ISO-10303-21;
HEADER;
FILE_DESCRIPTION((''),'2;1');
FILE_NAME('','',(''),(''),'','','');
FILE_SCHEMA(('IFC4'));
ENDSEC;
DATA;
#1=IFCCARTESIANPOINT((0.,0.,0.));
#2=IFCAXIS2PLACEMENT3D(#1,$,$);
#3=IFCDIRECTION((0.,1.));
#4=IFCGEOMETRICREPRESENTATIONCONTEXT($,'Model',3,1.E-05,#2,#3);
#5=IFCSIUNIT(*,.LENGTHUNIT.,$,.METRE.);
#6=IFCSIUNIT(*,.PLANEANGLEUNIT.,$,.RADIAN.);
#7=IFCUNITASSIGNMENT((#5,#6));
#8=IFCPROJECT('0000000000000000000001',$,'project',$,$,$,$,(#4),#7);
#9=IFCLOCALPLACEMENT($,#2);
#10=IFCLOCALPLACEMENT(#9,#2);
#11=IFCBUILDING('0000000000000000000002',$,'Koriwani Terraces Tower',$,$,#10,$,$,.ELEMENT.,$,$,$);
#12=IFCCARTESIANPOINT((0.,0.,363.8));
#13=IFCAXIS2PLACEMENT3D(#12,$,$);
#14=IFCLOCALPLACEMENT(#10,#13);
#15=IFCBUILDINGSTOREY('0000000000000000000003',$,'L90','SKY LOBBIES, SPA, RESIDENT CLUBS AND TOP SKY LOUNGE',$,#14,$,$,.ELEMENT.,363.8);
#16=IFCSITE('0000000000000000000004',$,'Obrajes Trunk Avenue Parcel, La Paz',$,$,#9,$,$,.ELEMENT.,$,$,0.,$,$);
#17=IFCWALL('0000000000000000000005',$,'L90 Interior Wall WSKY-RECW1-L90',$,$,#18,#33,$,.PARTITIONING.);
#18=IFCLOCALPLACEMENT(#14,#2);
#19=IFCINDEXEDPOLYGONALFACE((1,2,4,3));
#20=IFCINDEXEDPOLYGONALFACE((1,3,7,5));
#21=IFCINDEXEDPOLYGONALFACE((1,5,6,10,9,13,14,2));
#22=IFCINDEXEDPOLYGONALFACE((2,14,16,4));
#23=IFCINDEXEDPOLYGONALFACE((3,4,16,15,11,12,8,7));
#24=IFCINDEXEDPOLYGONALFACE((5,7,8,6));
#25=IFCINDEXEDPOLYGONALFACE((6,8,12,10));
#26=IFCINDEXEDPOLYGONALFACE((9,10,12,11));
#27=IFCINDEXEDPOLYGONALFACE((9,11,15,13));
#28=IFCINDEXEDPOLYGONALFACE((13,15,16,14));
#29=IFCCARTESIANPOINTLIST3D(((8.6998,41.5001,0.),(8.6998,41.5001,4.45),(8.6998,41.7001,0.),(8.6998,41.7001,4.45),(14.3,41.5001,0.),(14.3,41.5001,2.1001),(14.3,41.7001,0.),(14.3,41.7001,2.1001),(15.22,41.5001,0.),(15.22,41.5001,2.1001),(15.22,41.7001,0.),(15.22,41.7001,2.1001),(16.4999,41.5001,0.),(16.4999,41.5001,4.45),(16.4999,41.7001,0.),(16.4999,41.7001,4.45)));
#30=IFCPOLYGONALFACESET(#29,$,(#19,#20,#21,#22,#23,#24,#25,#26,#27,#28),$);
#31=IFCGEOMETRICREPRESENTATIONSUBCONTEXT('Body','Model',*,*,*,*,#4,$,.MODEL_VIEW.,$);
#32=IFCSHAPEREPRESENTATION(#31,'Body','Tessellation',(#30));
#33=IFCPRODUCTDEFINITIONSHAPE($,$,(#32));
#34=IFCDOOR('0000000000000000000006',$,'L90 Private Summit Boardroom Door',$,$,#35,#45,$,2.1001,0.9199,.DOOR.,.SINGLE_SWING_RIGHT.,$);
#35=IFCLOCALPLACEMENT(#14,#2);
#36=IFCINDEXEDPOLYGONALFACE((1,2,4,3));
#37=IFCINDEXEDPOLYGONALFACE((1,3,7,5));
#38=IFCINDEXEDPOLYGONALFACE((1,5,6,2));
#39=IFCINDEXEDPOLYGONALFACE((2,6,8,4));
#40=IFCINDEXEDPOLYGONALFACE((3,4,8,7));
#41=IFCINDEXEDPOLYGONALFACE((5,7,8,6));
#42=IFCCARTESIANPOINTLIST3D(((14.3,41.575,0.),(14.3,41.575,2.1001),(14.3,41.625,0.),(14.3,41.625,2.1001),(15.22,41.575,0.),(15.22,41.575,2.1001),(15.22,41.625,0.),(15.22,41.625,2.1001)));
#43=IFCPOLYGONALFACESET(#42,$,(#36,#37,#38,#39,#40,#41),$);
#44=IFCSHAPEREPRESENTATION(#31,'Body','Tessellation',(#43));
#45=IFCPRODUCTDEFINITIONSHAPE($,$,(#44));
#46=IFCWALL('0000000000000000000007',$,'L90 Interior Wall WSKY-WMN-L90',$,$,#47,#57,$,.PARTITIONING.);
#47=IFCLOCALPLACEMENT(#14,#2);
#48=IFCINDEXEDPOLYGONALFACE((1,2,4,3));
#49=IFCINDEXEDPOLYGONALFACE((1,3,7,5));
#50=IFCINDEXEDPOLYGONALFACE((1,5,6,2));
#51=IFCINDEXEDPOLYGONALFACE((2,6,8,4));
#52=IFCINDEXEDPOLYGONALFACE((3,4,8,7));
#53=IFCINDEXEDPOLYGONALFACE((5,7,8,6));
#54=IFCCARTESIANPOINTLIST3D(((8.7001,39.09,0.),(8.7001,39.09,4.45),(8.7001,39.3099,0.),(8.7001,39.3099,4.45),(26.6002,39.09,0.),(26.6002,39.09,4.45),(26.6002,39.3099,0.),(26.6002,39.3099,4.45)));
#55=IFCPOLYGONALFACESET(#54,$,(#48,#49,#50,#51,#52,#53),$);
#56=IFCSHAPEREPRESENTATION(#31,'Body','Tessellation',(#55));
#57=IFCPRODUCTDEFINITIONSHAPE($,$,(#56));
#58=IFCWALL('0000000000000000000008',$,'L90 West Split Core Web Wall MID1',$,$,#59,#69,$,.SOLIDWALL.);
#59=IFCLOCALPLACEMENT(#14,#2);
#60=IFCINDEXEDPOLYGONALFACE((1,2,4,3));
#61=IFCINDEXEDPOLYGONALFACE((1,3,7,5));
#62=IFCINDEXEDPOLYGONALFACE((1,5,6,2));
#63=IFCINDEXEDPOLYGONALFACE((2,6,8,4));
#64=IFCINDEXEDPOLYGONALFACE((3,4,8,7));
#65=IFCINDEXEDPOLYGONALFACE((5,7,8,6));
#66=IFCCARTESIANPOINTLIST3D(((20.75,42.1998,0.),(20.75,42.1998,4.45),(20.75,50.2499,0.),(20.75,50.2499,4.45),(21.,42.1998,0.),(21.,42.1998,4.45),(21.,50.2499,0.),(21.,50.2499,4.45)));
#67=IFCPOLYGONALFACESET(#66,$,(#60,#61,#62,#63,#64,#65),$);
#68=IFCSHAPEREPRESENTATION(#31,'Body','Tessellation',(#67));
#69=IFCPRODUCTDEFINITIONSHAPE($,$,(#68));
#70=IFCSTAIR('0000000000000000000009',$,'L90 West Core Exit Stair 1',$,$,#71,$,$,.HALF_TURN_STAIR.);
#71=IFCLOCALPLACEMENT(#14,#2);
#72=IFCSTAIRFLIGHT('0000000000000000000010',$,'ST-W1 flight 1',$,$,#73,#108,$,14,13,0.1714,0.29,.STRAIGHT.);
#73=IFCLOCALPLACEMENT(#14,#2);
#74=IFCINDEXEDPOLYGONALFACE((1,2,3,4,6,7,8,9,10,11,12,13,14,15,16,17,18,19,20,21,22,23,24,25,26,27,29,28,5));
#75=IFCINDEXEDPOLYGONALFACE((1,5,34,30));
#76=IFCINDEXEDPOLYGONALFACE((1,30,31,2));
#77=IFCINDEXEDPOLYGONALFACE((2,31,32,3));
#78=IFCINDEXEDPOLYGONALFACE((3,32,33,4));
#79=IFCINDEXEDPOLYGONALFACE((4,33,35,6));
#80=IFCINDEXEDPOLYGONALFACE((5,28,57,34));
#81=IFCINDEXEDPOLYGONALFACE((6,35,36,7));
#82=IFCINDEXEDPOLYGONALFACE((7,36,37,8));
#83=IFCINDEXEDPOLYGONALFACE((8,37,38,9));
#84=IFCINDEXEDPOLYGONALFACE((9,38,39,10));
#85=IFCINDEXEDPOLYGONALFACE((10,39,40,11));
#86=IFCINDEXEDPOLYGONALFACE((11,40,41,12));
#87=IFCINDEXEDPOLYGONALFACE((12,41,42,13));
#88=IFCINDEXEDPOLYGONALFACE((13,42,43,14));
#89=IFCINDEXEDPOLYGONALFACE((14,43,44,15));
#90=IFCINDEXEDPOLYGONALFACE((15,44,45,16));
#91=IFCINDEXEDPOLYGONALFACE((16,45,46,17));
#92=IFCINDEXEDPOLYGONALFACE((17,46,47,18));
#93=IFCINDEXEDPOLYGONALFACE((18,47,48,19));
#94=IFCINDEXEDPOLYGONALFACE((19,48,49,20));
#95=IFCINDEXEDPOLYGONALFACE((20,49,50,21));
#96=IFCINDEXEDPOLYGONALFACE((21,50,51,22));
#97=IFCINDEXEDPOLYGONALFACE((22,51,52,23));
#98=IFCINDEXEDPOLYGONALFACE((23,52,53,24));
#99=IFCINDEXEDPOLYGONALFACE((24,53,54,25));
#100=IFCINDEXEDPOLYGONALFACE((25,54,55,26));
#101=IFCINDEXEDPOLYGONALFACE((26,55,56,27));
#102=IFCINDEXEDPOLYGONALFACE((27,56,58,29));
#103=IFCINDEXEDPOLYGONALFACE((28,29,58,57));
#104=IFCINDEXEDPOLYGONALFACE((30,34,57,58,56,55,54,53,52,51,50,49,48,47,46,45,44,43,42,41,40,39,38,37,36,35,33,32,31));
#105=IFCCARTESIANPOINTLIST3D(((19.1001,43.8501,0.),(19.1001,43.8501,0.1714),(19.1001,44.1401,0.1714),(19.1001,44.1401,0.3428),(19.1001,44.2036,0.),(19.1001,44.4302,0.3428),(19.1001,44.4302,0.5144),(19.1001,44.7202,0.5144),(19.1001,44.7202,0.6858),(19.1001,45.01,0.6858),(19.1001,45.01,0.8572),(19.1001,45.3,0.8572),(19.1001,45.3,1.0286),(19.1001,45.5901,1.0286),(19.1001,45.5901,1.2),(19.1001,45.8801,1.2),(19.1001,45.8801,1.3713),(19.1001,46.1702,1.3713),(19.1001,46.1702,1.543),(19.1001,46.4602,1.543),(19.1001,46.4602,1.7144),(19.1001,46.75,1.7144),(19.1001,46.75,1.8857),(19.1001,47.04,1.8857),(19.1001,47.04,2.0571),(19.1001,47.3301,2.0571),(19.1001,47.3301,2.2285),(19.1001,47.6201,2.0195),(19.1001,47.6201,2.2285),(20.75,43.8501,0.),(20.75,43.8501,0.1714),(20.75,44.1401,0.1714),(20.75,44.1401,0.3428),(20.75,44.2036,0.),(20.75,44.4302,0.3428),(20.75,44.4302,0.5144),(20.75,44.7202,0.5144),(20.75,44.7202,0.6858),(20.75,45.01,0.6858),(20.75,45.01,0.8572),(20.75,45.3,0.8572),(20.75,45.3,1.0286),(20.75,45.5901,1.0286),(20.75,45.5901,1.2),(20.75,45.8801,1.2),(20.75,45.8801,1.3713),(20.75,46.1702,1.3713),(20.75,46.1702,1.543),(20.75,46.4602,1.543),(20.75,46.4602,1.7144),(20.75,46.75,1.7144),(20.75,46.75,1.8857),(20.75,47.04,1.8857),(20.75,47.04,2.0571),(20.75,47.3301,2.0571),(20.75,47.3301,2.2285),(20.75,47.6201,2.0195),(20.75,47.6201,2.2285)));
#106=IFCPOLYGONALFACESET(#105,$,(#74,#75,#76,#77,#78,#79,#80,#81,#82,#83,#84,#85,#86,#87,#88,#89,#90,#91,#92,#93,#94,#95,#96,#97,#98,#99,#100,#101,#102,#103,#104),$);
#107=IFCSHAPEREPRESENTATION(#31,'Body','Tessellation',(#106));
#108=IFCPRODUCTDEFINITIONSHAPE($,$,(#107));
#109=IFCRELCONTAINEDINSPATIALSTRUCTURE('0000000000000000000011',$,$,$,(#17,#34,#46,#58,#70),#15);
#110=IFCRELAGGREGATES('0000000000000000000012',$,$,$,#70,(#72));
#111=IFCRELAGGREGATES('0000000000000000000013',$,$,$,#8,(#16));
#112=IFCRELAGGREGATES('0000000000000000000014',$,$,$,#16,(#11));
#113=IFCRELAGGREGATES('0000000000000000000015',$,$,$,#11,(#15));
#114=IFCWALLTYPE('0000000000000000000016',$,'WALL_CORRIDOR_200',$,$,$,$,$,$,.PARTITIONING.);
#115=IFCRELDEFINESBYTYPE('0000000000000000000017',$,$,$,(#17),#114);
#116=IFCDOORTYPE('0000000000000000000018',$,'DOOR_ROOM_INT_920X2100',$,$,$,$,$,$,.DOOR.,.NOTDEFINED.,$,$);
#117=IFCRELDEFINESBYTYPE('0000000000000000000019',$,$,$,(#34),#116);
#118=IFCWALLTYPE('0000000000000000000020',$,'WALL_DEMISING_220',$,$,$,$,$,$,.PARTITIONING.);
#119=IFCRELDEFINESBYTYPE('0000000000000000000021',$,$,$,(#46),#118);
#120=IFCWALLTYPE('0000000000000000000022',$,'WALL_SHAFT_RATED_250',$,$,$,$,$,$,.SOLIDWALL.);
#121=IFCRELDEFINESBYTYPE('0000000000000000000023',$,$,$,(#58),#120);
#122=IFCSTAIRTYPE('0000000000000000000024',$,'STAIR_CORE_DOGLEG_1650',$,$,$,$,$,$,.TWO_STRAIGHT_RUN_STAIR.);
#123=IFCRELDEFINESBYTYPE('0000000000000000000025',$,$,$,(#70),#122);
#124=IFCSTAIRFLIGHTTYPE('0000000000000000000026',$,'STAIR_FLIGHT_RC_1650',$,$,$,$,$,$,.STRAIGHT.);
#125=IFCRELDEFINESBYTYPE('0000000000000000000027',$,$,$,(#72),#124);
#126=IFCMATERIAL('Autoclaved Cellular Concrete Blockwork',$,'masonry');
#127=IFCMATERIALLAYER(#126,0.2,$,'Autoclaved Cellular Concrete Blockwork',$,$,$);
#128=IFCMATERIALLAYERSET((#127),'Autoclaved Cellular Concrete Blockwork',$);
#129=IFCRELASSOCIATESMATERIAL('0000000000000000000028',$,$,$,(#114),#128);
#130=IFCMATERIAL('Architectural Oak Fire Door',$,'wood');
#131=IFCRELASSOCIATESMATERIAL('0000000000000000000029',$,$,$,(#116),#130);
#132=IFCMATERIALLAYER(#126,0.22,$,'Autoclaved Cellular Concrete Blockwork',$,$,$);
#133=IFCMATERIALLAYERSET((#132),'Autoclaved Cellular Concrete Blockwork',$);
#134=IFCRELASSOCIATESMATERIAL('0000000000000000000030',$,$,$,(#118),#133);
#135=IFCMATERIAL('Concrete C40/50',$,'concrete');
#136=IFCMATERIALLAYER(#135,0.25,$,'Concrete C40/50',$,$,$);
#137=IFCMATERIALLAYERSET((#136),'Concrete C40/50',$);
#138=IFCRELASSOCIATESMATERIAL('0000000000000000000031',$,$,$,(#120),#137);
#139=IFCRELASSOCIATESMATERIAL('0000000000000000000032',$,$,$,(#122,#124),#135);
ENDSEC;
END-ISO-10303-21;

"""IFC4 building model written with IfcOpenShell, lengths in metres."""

from ifc_helpers import new_model, si_unit, direction, frame, frame_2d, origin, place, context, subcontext, project, spatial, polyline, rectangle, outline, extrude, material, layer, layer_set, type_object, element, fill, aggregate, save


model = new_model("IFC4")

# Units and contexts
model_context = context("Model", 3, precision=1e-05, world=origin(), true_north=direction((0.0, 1.0)))
body_context = subcontext(model_context, "Body", "Model", "MODEL_VIEW")
ifc_project = project(units=[si_unit("LENGTHUNIT", "METRE"), si_unit("PLANEANGLEUNIT", "RADIAN")], contexts=[model_context])

# Site, building, storey
site_placement = place(None, origin())
site = spatial("IfcSite", under=ifc_project, at=site_placement, Name="Obrajes Trunk Avenue Parcel, La Paz", CompositionType="ELEMENT", RefElevation=0.0)
building_placement = place(site_placement, origin())
building = spatial("IfcBuilding", under=site, at=building_placement, Name="Koriwani Terraces Tower", CompositionType="ELEMENT")
storey_placement = place(building_placement, frame((0.0, 0.0, 363.8)))
storey = spatial("IfcBuildingStorey", under=building, at=storey_placement, Name="L90", Description="SKY LOBBIES, SPA, RESIDENT CLUBS AND TOP SKY LOUNGE", CompositionType="ELEMENT", Elevation=363.8)

# Shared definitions
ifc_material_1 = material(Name="Concrete C40/50", Category="concrete")

# Wall, opening, door
ifc_material_2 = material(Name="Autoclaved Cellular Concrete Blockwork", Category="masonry")
ifc_layer_1 = layer(ifc_material_2, 0.2, Name="Autoclaved Cellular Concrete Blockwork")
ifc_layer_set_1 = layer_set([ifc_layer_1], Name="Autoclaved Cellular Concrete Blockwork")
wall_type_1 = type_object("IfcWallType", Name="WALL_CORRIDOR_200", PredefinedType="PARTITIONING", material=ifc_layer_set_1)
wall_1_placement = place(storey_placement, frame((8.7, 41.6001, 0.0), z_axis=(0.0, 0.0, 1.0), x_axis=(1.0, 0.0, 0.0)))
wall_1 = element("IfcWall", 1, at=wall_1_placement, inside=storey, type_object=wall_type_1, Name="L90 Interior Wall WSKY-RECW1-L90", PredefinedType="PARTITIONING", context=body_context, shape_type="SweptSolid", body=[
    extrude(rectangle(XDim=7.8, YDim=0.2, at=frame_2d((3.8999, 0.0))), origin(), (0.0, 0.0, 1.0), 4.45),
])
opening_1_placement = place(wall_1_placement, frame((5.6001, 0.0, 0.0)))
opening_1 = element("IfcOpeningElement", 2, at=opening_1_placement, cuts=wall_1, PredefinedType="OPENING", context=body_context, shape_type="SweptSolid", body=[
    extrude(rectangle(XDim=0.9199, YDim=2.1001, at=frame_2d((0.46, 1.05))), frame((0.0, 0.1099, 0.0), z_axis=(0.0, -1.0, 0.0), x_axis=(1.0, 0.0, 0.0)), (0.0, 0.0, 1.0), 0.22),
])
ifc_material_3 = material(Name="Architectural Oak Fire Door", Category="wood")
door_type_1 = type_object("IfcDoorType", Name="DOOR_ROOM_INT_920X2100", OperationType="NOTDEFINED", PredefinedType="DOOR", material=ifc_material_3)
door_1_placement = place(opening_1_placement, origin())
door_1 = element("IfcDoor", 3, at=door_1_placement, inside=storey, type_object=door_type_1, Name="L90 Private Summit Boardroom Door", OperationType="SINGLE_SWING_RIGHT", OverallHeight=2.1001, OverallWidth=0.9199, PredefinedType="DOOR", context=body_context, shape_type="SweptSolid", body=[
    extrude(rectangle(XDim=0.9199, YDim=2.1001, at=frame_2d((0.46, 1.05))), frame((0.0, 0.0249, 0.0), z_axis=(0.0, -1.0, 0.0), x_axis=(1.0, 0.0, 0.0)), (0.0, 0.0, 1.0), 0.05),
])
fill(opening_1, door_1)

# Walls
ifc_layer_2 = layer(ifc_material_2, 0.22, Name="Autoclaved Cellular Concrete Blockwork")
ifc_layer_set_2 = layer_set([ifc_layer_2], Name="Autoclaved Cellular Concrete Blockwork")
wall_type_2 = type_object("IfcWallType", Name="WALL_DEMISING_220", PredefinedType="PARTITIONING", material=ifc_layer_set_2)
wall_2_placement = place(storey_placement, frame((8.7, 39.2, 0.0), z_axis=(0.0, 0.0, 1.0), x_axis=(1.0, 0.0, 0.0)))
element("IfcWall", 4, at=wall_2_placement, inside=storey, type_object=wall_type_2, Name="L90 Interior Wall WSKY-WMN-L90", PredefinedType="PARTITIONING", context=body_context, shape_type="SweptSolid", body=[
    extrude(rectangle(XDim=17.9001, YDim=0.22, at=frame_2d((8.9502, 0.0))), origin(), (0.0, 0.0, 1.0), 4.45),
])
ifc_layer_3 = layer(ifc_material_1, 0.25, Name="Concrete C40/50")
ifc_layer_set_3 = layer_set([ifc_layer_3], Name="Concrete C40/50")
wall_type_3 = type_object("IfcWallType", Name="WALL_SHAFT_RATED_250", PredefinedType="SOLIDWALL", material=ifc_layer_set_3)
wall_3_placement = place(storey_placement, frame((20.875, 42.2, 0.0), z_axis=(0.0, 0.0, 1.0), x_axis=(0.0, 1.0, 0.0)))
element("IfcWall", 5, at=wall_3_placement, inside=storey, type_object=wall_type_3, Name="L90 West Split Core Web Wall MID1", PredefinedType="SOLIDWALL", context=body_context, shape_type="SweptSolid", body=[
    extrude(rectangle(XDim=8.05, YDim=0.25, at=frame_2d((4.0249, 0.0))), origin(), (0.0, 0.0, 1.0), 4.45),
])

# Stair, stair flight
stair_type = type_object("IfcStairType", Name="STAIR_CORE_DOGLEG_1650", PredefinedType="TWO_STRAIGHT_RUN_STAIR", material=ifc_material_1)
stair_placement = place(storey_placement, origin())
stair = element("IfcStair", 6, at=stair_placement, inside=storey, type_object=stair_type, Name="L90 West Core Exit Stair 1", PredefinedType="HALF_TURN_STAIR")
stair_flight_type = type_object("IfcStairFlightType", Name="STAIR_FLIGHT_RC_1650", PredefinedType="STRAIGHT", material=ifc_material_1)
stair_flight_placement = place(storey_placement, frame((19.925, 43.8501, 0.0), z_axis=(0.0, 0.0, 1.0), x_axis=(0.0, 1.0, 0.0)))
stair_flight = element("IfcStairFlight", 7, at=stair_flight_placement, type_object=stair_flight_type, Name="ST-W1 flight 1", NumberOfRisers=14, NumberOfTreads=13, PredefinedType="STRAIGHT", RiserHeight=0.1714, TreadLength=0.29, context=body_context, shape_type="SweptSolid", body=[
    extrude(outline(polyline([(0.0, 0.0), (0.0, 0.1714), (0.29, 0.1714), (0.29, 0.3428), (0.5801, 0.3428), (0.5801, 0.5144), (0.8701, 0.5144), (0.8701, 0.6858), (1.1599, 0.6858), (1.1599, 0.8572), (1.45, 0.8572), (1.45, 1.0286), (1.74, 1.0286), (1.74, 1.2), (2.03, 1.2), (2.03, 1.3713), (2.3201, 1.3713), (2.3201, 1.543), (2.6101, 1.543), (2.6101, 1.7144), (2.8999, 1.7144), (2.8999, 1.8857), (3.1899, 1.8857), (3.1899, 2.0571), (3.48, 2.0571), (3.48, 2.2285), (3.77, 2.2285), (3.77, 2.3999), (3.77, 2.0195), (0.3535, 0.0), (0.0, 0.0)])), frame((0.0, 0.825, 0.0), z_axis=(0.0, -1.0, 0.0), x_axis=(1.0, 0.0, 0.0)), (0.0, 0.0, 1.0), 1.6499),
])
aggregate(stair, [stair_flight])

save(model, "model.ifc")
